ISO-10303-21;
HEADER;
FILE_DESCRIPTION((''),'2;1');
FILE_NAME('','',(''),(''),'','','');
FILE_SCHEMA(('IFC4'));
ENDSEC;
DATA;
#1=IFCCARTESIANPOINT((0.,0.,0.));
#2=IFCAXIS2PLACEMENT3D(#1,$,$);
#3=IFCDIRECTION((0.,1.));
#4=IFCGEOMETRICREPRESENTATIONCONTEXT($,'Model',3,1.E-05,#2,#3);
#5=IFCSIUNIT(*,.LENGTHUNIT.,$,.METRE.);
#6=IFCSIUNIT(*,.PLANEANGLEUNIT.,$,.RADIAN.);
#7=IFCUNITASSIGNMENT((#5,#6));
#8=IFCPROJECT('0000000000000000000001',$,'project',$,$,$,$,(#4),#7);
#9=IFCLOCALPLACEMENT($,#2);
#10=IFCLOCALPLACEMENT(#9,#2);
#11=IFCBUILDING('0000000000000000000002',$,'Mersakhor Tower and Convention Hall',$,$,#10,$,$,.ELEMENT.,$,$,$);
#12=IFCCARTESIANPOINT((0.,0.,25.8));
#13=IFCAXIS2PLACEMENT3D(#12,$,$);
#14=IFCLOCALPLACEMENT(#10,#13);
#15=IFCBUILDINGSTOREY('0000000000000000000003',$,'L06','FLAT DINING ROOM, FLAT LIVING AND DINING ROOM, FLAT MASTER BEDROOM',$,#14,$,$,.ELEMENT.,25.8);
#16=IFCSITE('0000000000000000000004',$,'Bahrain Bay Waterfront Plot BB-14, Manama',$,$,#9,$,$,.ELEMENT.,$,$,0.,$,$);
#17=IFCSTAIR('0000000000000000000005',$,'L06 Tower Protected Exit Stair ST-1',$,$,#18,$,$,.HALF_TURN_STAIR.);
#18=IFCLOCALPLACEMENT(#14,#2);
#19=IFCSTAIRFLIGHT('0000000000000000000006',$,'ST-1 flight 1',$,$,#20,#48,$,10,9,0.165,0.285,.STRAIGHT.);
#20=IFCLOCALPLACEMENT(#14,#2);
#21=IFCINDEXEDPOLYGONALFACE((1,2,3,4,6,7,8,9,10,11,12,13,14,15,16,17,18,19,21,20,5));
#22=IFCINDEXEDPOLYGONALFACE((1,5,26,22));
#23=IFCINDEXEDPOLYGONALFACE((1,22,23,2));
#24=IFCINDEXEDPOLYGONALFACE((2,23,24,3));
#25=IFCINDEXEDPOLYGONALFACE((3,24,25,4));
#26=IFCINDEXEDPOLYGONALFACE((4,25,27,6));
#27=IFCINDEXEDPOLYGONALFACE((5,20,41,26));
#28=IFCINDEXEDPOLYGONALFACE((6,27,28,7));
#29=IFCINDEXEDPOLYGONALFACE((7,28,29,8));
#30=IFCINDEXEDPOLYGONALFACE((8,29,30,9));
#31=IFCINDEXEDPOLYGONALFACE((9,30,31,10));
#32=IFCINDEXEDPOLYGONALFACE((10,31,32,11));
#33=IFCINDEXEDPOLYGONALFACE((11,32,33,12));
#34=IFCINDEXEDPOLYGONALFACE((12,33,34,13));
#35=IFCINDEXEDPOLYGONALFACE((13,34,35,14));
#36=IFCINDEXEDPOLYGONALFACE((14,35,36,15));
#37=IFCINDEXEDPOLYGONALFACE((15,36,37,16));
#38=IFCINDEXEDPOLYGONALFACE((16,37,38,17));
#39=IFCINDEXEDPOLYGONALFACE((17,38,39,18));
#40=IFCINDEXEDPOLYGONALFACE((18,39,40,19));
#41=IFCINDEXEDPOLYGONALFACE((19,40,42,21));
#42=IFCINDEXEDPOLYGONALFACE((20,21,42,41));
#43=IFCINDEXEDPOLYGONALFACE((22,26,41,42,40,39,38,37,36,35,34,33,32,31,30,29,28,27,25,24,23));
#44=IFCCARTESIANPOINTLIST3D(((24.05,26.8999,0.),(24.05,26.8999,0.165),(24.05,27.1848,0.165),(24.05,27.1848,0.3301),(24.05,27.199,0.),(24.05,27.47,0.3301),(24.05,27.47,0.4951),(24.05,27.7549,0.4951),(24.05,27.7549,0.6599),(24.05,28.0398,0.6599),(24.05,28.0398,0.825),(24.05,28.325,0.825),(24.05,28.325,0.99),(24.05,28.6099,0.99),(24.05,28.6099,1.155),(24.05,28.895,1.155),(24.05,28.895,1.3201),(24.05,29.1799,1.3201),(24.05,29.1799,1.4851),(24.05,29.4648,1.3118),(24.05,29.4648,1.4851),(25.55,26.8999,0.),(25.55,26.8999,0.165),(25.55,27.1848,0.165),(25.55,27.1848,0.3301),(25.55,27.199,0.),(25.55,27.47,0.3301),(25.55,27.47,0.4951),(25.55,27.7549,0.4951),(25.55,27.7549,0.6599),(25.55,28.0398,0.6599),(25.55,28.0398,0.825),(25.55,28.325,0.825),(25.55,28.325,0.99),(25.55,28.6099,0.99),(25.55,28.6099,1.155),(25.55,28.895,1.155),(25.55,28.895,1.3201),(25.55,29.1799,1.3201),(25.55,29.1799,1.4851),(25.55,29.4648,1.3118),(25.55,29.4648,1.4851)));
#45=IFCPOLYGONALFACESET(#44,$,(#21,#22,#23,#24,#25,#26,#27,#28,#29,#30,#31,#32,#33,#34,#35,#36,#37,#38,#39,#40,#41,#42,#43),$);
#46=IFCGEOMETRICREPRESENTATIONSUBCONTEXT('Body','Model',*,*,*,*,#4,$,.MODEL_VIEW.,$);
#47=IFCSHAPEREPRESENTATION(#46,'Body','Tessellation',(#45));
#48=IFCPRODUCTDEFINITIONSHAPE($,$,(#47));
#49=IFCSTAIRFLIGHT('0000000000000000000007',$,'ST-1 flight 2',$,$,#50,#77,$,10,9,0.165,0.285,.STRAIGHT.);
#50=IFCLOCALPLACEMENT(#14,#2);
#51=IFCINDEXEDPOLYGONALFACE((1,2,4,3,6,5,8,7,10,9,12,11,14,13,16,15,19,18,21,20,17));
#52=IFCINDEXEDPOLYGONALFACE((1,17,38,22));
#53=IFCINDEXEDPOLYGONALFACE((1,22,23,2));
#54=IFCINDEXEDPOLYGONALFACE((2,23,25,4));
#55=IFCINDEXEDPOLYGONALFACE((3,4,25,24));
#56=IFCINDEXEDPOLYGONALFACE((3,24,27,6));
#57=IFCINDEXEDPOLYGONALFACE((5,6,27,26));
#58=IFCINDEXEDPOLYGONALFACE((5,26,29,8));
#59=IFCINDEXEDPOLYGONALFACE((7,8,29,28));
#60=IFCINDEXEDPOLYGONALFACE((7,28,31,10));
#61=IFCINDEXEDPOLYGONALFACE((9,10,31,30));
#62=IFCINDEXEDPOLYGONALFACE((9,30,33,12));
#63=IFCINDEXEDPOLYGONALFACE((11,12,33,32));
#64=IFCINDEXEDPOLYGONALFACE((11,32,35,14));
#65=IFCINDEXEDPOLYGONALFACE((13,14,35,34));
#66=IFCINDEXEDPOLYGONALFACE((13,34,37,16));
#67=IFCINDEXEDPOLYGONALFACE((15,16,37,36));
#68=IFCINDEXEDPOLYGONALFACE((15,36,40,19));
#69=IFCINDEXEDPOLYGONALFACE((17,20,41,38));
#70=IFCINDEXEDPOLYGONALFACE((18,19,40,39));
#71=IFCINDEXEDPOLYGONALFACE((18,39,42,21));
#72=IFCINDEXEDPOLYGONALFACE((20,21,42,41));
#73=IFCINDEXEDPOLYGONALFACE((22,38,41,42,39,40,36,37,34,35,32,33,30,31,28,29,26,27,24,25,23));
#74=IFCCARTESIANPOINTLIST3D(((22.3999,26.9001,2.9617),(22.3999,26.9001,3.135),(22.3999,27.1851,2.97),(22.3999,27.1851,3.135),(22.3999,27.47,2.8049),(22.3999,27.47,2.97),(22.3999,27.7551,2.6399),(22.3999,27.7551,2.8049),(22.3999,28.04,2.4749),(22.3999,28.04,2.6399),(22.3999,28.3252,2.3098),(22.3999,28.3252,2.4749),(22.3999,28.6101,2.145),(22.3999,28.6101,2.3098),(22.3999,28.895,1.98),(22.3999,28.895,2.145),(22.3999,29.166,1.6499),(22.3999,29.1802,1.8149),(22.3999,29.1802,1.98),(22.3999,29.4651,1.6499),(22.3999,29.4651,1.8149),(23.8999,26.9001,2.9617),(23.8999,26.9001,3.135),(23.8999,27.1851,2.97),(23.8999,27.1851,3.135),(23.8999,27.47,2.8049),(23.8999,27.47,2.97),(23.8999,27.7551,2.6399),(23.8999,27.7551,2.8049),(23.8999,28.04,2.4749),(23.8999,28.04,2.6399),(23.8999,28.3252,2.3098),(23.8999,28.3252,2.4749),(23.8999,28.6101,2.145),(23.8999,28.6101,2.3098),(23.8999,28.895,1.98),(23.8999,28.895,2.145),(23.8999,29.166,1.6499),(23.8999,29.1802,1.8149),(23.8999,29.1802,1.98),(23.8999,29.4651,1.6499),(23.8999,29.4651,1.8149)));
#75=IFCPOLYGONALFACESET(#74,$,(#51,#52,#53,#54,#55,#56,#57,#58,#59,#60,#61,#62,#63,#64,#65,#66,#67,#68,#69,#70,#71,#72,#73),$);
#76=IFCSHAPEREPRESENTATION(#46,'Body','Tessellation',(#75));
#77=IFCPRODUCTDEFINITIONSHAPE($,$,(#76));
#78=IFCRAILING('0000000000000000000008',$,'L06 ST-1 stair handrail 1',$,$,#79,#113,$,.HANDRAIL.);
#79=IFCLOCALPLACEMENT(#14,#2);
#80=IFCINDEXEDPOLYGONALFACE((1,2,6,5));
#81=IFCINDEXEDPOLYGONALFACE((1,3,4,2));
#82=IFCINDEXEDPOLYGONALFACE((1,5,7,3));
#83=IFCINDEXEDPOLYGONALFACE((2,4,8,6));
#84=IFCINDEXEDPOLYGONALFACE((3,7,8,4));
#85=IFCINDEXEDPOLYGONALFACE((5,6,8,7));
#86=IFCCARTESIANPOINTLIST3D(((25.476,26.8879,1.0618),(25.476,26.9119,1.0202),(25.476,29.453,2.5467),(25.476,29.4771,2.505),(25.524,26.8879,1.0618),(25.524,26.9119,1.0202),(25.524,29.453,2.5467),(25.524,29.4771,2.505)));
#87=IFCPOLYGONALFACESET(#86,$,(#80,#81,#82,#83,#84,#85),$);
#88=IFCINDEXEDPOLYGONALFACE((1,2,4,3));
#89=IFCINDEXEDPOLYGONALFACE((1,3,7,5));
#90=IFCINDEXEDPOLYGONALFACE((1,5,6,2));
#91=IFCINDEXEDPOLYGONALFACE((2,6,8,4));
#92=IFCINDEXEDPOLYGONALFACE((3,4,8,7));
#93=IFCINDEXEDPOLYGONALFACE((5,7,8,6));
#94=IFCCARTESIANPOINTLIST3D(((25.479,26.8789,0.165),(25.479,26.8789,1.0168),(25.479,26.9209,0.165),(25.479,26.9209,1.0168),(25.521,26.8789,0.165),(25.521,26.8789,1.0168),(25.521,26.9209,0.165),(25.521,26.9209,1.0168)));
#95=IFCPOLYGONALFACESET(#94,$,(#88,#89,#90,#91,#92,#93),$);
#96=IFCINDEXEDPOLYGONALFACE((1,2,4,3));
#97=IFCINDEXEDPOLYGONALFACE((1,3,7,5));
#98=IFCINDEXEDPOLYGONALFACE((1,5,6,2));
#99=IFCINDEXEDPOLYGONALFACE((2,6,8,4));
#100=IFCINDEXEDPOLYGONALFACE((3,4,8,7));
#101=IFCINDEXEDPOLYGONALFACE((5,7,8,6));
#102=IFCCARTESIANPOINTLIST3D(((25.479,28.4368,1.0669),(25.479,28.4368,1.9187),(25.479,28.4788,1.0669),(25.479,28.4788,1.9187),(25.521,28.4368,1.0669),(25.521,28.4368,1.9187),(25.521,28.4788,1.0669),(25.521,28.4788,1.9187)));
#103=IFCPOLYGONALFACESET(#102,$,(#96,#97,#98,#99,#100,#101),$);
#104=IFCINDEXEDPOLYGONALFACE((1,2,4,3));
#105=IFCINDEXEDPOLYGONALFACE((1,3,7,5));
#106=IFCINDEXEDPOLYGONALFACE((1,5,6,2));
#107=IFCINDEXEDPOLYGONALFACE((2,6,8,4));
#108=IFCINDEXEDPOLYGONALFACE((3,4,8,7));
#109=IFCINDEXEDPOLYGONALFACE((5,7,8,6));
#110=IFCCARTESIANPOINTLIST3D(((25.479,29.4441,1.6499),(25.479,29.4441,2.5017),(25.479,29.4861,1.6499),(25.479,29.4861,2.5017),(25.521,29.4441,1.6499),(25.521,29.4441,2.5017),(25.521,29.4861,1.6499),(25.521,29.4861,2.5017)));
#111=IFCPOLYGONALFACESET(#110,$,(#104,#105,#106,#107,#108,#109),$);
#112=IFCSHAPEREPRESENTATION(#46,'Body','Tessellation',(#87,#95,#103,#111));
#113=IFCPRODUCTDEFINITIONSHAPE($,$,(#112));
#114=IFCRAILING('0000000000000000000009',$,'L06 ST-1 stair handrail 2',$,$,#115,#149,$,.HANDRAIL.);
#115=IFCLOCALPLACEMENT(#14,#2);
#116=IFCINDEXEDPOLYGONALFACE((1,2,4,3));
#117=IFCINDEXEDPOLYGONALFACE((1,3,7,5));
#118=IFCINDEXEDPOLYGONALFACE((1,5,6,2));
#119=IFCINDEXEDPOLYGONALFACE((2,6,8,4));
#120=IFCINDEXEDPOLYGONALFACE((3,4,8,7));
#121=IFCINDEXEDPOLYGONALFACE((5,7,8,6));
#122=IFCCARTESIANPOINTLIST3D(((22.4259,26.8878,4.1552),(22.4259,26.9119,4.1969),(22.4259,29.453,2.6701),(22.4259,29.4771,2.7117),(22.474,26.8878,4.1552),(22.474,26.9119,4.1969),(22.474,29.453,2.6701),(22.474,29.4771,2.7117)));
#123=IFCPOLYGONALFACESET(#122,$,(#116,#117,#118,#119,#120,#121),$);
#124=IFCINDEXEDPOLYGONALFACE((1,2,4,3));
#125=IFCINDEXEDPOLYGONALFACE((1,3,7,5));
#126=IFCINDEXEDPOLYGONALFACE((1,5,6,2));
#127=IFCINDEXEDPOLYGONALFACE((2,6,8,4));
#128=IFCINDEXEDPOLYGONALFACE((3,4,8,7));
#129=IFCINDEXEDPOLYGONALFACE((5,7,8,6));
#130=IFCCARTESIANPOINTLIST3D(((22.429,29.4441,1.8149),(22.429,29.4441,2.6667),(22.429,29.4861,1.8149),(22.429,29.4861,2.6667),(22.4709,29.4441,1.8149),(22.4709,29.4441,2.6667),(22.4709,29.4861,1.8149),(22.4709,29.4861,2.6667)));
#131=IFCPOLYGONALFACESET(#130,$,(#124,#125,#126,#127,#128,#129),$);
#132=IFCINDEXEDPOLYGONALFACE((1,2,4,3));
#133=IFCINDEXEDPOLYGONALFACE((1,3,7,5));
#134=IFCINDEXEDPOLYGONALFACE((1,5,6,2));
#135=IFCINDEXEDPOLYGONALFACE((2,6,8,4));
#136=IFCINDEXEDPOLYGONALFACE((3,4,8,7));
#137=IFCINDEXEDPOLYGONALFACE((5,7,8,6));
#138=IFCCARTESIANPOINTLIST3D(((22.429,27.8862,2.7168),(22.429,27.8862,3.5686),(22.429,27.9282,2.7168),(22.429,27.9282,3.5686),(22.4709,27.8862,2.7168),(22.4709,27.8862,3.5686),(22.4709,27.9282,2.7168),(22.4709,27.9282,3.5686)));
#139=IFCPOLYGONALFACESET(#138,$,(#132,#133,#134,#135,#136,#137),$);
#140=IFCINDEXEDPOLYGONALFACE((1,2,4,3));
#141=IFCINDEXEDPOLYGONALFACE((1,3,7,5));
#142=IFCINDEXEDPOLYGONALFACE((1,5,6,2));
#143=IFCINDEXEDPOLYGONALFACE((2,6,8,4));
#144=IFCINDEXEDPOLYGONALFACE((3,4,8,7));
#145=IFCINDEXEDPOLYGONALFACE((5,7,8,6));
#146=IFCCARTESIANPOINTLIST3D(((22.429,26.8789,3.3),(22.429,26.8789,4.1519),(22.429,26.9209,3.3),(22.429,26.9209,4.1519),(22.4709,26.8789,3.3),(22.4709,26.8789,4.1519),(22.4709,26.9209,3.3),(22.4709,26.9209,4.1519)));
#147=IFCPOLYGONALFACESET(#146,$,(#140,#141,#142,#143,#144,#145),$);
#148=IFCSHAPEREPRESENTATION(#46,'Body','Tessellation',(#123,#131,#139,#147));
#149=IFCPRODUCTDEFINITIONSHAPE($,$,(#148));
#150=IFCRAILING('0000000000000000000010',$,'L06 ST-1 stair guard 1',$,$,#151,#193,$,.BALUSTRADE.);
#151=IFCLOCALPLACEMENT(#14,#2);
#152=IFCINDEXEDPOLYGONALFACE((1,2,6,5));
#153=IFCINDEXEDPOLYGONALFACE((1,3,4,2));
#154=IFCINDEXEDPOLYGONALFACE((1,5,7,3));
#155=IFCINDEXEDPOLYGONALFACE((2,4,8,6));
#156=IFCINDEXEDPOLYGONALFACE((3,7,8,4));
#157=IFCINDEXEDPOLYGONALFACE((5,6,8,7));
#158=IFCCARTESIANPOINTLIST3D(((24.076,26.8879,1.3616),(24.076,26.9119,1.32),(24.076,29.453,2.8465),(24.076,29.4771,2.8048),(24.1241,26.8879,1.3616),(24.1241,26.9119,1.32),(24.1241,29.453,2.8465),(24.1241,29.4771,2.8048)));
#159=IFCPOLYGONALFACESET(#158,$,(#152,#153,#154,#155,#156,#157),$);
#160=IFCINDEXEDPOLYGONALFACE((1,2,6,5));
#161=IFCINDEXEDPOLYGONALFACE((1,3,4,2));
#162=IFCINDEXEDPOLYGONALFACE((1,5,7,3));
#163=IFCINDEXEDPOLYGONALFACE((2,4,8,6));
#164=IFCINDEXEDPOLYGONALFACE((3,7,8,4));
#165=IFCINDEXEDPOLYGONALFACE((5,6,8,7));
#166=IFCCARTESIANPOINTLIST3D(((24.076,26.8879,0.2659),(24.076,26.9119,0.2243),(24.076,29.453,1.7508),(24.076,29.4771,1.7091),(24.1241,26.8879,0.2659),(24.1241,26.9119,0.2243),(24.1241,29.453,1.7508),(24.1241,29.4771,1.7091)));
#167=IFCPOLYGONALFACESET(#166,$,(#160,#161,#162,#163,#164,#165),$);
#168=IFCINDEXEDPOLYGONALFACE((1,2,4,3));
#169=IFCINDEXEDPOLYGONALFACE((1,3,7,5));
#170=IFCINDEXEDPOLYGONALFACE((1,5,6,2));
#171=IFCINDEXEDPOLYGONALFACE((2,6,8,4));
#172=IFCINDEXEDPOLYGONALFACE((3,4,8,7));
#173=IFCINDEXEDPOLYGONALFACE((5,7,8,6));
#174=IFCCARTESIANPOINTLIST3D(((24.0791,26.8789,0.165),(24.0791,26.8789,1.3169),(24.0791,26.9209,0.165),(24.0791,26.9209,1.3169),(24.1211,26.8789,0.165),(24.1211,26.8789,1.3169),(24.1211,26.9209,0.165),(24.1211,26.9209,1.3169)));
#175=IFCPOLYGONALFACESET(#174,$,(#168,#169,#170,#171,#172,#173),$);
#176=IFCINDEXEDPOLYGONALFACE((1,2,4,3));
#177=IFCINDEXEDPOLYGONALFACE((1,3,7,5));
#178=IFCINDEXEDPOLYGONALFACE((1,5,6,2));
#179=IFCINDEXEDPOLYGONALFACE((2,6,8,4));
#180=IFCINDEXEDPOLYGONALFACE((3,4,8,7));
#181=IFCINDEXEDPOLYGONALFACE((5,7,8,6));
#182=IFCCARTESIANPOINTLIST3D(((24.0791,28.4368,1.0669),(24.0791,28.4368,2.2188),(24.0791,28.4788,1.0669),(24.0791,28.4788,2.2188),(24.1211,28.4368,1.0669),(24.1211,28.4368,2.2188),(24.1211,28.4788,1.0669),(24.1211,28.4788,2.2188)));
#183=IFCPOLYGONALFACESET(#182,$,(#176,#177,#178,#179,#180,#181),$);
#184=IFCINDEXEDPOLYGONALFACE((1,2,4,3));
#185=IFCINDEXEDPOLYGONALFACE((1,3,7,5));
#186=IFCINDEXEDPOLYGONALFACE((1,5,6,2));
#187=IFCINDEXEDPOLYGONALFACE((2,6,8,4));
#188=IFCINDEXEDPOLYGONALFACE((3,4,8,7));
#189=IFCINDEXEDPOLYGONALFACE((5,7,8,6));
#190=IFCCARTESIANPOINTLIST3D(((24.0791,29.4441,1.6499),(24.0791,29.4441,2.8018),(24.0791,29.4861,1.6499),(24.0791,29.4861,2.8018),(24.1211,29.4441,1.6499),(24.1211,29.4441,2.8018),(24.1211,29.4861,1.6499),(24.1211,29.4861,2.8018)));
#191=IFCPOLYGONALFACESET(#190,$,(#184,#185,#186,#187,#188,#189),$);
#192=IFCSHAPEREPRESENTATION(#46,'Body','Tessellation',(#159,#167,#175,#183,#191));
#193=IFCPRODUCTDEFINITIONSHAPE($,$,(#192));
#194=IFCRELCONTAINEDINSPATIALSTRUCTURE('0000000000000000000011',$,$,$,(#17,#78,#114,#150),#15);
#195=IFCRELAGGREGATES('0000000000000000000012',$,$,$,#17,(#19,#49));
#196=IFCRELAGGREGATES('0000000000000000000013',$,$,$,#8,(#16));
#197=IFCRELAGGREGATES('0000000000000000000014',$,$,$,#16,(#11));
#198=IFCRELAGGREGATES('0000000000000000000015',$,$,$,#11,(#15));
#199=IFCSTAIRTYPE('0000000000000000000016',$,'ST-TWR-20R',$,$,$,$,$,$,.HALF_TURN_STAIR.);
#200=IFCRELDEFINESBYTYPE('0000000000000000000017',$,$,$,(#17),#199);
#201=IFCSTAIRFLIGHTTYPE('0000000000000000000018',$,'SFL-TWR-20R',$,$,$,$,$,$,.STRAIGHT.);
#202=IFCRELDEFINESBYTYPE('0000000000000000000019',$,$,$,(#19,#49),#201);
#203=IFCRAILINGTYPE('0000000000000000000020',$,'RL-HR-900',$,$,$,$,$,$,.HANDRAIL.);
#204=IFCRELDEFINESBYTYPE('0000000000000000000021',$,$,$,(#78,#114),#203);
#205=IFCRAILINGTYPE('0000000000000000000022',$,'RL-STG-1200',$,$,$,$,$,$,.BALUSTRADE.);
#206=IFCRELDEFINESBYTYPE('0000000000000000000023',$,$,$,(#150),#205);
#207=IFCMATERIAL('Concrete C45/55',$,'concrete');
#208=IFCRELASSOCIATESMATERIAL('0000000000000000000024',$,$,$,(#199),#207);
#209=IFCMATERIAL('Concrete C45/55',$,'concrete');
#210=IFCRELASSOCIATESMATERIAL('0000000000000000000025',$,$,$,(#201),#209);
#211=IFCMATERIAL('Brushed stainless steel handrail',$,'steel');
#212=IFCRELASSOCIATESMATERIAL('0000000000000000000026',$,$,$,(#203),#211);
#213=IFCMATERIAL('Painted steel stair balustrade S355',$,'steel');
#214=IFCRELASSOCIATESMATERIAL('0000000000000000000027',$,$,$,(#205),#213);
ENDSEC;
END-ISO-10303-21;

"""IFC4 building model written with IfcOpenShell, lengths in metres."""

from ifc_helpers import new_model, si_unit, direction, frame, origin, origin_2d, place, context, subcontext, project, spatial, polyline, rectangle, outline, extrude, material, type_object, element, aggregate, save


model = new_model("IFC4")

# Units and contexts
model_context = context("Model", 3, precision=1e-05, world=origin(), true_north=direction((0.0, 1.0)))
body_context = subcontext(model_context, "Body", "Model", "MODEL_VIEW")
ifc_project = project(units=[si_unit("LENGTHUNIT", "METRE"), si_unit("PLANEANGLEUNIT", "RADIAN")], contexts=[model_context])

# Site, building, storey
site_placement = place(None, origin())
site = spatial("IfcSite", under=ifc_project, at=site_placement, Name="Bahrain Bay Waterfront Plot BB-14, Manama", CompositionType="ELEMENT", RefElevation=0.0)
building_placement = place(site_placement, origin())
building = spatial("IfcBuilding", under=site, at=building_placement, Name="Mersakhor Tower and Convention Hall", CompositionType="ELEMENT")
storey_placement = place(building_placement, frame((0.0, 0.0, 25.8)))
storey = spatial("IfcBuildingStorey", under=building, at=storey_placement, Name="L06", Description="FLAT DINING ROOM, FLAT LIVING AND DINING ROOM, FLAT MASTER BEDROOM", CompositionType="ELEMENT", Elevation=25.8)

# Stair, stair flights
ifc_material_1 = material(Name="Concrete C45/55", Category="concrete")
stair_type = type_object("IfcStairType", Name="ST-TWR-20R", PredefinedType="HALF_TURN_STAIR", material=ifc_material_1)
stair_placement = place(storey_placement, origin())
stair = element("IfcStair", 1, at=stair_placement, inside=storey, type_object=stair_type, Name="L06 Tower Protected Exit Stair ST-1", PredefinedType="HALF_TURN_STAIR")
ifc_material_2 = material(Name="Concrete C45/55", Category="concrete")
stair_flight_type = type_object("IfcStairFlightType", Name="SFL-TWR-20R", PredefinedType="STRAIGHT", material=ifc_material_2)
stair_flight_1_placement = place(storey_placement, frame((24.8, 26.8999, 0.0), z_axis=(0.0, 0.0, 1.0), x_axis=(0.0, 1.0, 0.0)))
stair_flight_1 = element("IfcStairFlight", 2, at=stair_flight_1_placement, type_object=stair_flight_type, Name="ST-1 flight 1", NumberOfRisers=10, NumberOfTreads=9, PredefinedType="STRAIGHT", RiserHeight=0.165, TreadLength=0.285, context=body_context, shape_type="SweptSolid", body=[
    extrude(outline(polyline([(0.0, 0.0), (0.0, 0.165), (0.2849, 0.165), (0.2849, 0.3301), (0.5701, 0.3301), (0.5701, 0.4951), (0.855, 0.4951), (0.855, 0.6599), (1.1399, 0.6599), (1.1399, 0.825), (1.425, 0.825), (1.425, 0.99), (1.71, 0.99), (1.71, 1.155), (1.9951, 1.155), (1.9951, 1.3201), (2.28, 1.3201), (2.28, 1.4851), (2.5649, 1.4851), (2.5649, 1.6499), (2.5649, 1.3118), (0.2991, 0.0), (0.0, 0.0)])), frame((0.0, 0.75, 0.0), z_axis=(0.0, -1.0, 0.0), x_axis=(1.0, 0.0, 0.0)), (0.0, 0.0, 1.0), 1.5),
])
stair_flight_2_placement = place(storey_placement, frame((23.1499, 29.4651, 1.6499), z_axis=(0.0, 0.0, 1.0), x_axis=(0.0, -1.0, 0.0)))
stair_flight_2 = element("IfcStairFlight", 3, at=stair_flight_2_placement, type_object=stair_flight_type, Name="ST-1 flight 2", NumberOfRisers=10, NumberOfTreads=9, PredefinedType="STRAIGHT", RiserHeight=0.165, TreadLength=0.285, context=body_context, shape_type="SweptSolid", body=[
    extrude(outline(polyline([(0.0, 0.0), (0.0, 0.165), (0.2849, 0.165), (0.2849, 0.3301), (0.5701, 0.3301), (0.5701, 0.4951), (0.855, 0.4951), (0.855, 0.6599), (1.1399, 0.6599), (1.1399, 0.825), (1.425, 0.825), (1.425, 0.99), (1.71, 0.99), (1.71, 1.155), (1.9951, 1.155), (1.9951, 1.3201), (2.28, 1.3201), (2.28, 1.4851), (2.5649, 1.4851), (2.5649, 1.6499), (2.5649, 1.3118), (0.2991, 0.0), (0.0, 0.0)])), frame((0.0, 0.75, 0.0), z_axis=(0.0, -1.0, 0.0), x_axis=(1.0, 0.0, 0.0)), (0.0, 0.0, 1.0), 1.5),
])
aggregate(stair, [stair_flight_1, stair_flight_2])

# Railings
ifc_material_3 = material(Name="Brushed stainless steel handrail", Category="steel")
railing_type_1 = type_object("IfcRailingType", Name="RL-HR-900", PredefinedType="HANDRAIL", material=ifc_material_3)
railing_1_placement = place(storey_placement, frame((25.5, 26.8999, 0.165)))
element("IfcRailing", 4, at=railing_1_placement, inside=storey, type_object=railing_type_1, Name="L06 ST-1 stair handrail 1", PredefinedType="HANDRAIL", context=body_context, shape_type="SweptSolid", body=[
    extrude(rectangle(XDim=0.0481, YDim=0.0481, at=origin_2d()), frame((0.0, 0.0, 0.876), z_axis=(0.0, 0.865462, 0.500975), x_axis=(-1.0, 0.0, 0.0)), (0.0, 0.0, 1.0), 2.9639),
    extrude(rectangle(XDim=0.042, YDim=0.042, at=origin_2d()), origin(), (0.0, 0.0, 1.0), 0.8518),
    extrude(rectangle(XDim=0.042, YDim=0.042, at=origin_2d()), frame((0.0, 1.5579, 0.9019)), (0.0, 0.0, 1.0), 0.8518),
    extrude(rectangle(XDim=0.042, YDim=0.042, at=origin_2d()), frame((0.0, 2.5652, 1.4849)), (0.0, 0.0, 1.0), 0.8518),
])
railing_2_placement = place(storey_placement, frame((22.45, 29.4651, 1.8149)))
element("IfcRailing", 5, at=railing_2_placement, inside=storey, type_object=railing_type_1, Name="L06 ST-1 stair handrail 2", PredefinedType="HANDRAIL", context=body_context, shape_type="SweptSolid", body=[
    extrude(rectangle(XDim=0.0481, YDim=0.0481, at=origin_2d()), frame((0.0, 0.0, 0.876), z_axis=(0.0, -0.865426, 0.501036), x_axis=(1.0, 0.0, 0.0)), (0.0, 0.0, 1.0), 2.9641),
    extrude(rectangle(XDim=0.042, YDim=0.042, at=origin_2d()), origin(), (0.0, 0.0, 1.0), 0.8518),
    extrude(rectangle(XDim=0.042, YDim=0.042, at=origin_2d()), frame((0.0, -1.5579, 0.9019)), (0.0, 0.0, 1.0), 0.8518),
    extrude(rectangle(XDim=0.042, YDim=0.042, at=origin_2d()), frame((0.0, -2.5652, 1.4851)), (0.0, 0.0, 1.0), 0.8518),
])
ifc_material_4 = material(Name="Painted steel stair balustrade S355", Category="steel")
railing_type_2 = type_object("IfcRailingType", Name="RL-STG-1200", PredefinedType="BALUSTRADE", material=ifc_material_4)
railing_3_placement = place(storey_placement, frame((24.1001, 26.8999, 0.165)))
element("IfcRailing", 6, at=railing_3_placement, inside=storey, type_object=railing_type_2, Name="L06 ST-1 stair guard 1", PredefinedType="BALUSTRADE", context=body_context, shape_type="SweptSolid", body=[
    extrude(rectangle(XDim=0.0481, YDim=0.0481, at=origin_2d()), frame((0.0, 0.0, 1.1758), z_axis=(0.0, 0.865462, 0.500975), x_axis=(-1.0, 0.0, 0.0)), (0.0, 0.0, 1.0), 2.9639),
    extrude(rectangle(XDim=0.0481, YDim=0.0481, at=origin_2d()), frame((0.0, 0.0, 0.0801), z_axis=(0.0, 0.865462, 0.500975), x_axis=(-1.0, 0.0, 0.0)), (0.0, 0.0, 1.0), 2.9639),
    extrude(rectangle(XDim=0.042, YDim=0.042, at=origin_2d()), origin(), (0.0, 0.0, 1.0), 1.1519),
    extrude(rectangle(XDim=0.042, YDim=0.042, at=origin_2d()), frame((0.0, 1.5579, 0.9019)), (0.0, 0.0, 1.0), 1.1519),
    extrude(rectangle(XDim=0.042, YDim=0.042, at=origin_2d()), frame((0.0, 2.5652, 1.4849)), (0.0, 0.0, 1.0), 1.1519),
])

save(model, "model.ifc")
